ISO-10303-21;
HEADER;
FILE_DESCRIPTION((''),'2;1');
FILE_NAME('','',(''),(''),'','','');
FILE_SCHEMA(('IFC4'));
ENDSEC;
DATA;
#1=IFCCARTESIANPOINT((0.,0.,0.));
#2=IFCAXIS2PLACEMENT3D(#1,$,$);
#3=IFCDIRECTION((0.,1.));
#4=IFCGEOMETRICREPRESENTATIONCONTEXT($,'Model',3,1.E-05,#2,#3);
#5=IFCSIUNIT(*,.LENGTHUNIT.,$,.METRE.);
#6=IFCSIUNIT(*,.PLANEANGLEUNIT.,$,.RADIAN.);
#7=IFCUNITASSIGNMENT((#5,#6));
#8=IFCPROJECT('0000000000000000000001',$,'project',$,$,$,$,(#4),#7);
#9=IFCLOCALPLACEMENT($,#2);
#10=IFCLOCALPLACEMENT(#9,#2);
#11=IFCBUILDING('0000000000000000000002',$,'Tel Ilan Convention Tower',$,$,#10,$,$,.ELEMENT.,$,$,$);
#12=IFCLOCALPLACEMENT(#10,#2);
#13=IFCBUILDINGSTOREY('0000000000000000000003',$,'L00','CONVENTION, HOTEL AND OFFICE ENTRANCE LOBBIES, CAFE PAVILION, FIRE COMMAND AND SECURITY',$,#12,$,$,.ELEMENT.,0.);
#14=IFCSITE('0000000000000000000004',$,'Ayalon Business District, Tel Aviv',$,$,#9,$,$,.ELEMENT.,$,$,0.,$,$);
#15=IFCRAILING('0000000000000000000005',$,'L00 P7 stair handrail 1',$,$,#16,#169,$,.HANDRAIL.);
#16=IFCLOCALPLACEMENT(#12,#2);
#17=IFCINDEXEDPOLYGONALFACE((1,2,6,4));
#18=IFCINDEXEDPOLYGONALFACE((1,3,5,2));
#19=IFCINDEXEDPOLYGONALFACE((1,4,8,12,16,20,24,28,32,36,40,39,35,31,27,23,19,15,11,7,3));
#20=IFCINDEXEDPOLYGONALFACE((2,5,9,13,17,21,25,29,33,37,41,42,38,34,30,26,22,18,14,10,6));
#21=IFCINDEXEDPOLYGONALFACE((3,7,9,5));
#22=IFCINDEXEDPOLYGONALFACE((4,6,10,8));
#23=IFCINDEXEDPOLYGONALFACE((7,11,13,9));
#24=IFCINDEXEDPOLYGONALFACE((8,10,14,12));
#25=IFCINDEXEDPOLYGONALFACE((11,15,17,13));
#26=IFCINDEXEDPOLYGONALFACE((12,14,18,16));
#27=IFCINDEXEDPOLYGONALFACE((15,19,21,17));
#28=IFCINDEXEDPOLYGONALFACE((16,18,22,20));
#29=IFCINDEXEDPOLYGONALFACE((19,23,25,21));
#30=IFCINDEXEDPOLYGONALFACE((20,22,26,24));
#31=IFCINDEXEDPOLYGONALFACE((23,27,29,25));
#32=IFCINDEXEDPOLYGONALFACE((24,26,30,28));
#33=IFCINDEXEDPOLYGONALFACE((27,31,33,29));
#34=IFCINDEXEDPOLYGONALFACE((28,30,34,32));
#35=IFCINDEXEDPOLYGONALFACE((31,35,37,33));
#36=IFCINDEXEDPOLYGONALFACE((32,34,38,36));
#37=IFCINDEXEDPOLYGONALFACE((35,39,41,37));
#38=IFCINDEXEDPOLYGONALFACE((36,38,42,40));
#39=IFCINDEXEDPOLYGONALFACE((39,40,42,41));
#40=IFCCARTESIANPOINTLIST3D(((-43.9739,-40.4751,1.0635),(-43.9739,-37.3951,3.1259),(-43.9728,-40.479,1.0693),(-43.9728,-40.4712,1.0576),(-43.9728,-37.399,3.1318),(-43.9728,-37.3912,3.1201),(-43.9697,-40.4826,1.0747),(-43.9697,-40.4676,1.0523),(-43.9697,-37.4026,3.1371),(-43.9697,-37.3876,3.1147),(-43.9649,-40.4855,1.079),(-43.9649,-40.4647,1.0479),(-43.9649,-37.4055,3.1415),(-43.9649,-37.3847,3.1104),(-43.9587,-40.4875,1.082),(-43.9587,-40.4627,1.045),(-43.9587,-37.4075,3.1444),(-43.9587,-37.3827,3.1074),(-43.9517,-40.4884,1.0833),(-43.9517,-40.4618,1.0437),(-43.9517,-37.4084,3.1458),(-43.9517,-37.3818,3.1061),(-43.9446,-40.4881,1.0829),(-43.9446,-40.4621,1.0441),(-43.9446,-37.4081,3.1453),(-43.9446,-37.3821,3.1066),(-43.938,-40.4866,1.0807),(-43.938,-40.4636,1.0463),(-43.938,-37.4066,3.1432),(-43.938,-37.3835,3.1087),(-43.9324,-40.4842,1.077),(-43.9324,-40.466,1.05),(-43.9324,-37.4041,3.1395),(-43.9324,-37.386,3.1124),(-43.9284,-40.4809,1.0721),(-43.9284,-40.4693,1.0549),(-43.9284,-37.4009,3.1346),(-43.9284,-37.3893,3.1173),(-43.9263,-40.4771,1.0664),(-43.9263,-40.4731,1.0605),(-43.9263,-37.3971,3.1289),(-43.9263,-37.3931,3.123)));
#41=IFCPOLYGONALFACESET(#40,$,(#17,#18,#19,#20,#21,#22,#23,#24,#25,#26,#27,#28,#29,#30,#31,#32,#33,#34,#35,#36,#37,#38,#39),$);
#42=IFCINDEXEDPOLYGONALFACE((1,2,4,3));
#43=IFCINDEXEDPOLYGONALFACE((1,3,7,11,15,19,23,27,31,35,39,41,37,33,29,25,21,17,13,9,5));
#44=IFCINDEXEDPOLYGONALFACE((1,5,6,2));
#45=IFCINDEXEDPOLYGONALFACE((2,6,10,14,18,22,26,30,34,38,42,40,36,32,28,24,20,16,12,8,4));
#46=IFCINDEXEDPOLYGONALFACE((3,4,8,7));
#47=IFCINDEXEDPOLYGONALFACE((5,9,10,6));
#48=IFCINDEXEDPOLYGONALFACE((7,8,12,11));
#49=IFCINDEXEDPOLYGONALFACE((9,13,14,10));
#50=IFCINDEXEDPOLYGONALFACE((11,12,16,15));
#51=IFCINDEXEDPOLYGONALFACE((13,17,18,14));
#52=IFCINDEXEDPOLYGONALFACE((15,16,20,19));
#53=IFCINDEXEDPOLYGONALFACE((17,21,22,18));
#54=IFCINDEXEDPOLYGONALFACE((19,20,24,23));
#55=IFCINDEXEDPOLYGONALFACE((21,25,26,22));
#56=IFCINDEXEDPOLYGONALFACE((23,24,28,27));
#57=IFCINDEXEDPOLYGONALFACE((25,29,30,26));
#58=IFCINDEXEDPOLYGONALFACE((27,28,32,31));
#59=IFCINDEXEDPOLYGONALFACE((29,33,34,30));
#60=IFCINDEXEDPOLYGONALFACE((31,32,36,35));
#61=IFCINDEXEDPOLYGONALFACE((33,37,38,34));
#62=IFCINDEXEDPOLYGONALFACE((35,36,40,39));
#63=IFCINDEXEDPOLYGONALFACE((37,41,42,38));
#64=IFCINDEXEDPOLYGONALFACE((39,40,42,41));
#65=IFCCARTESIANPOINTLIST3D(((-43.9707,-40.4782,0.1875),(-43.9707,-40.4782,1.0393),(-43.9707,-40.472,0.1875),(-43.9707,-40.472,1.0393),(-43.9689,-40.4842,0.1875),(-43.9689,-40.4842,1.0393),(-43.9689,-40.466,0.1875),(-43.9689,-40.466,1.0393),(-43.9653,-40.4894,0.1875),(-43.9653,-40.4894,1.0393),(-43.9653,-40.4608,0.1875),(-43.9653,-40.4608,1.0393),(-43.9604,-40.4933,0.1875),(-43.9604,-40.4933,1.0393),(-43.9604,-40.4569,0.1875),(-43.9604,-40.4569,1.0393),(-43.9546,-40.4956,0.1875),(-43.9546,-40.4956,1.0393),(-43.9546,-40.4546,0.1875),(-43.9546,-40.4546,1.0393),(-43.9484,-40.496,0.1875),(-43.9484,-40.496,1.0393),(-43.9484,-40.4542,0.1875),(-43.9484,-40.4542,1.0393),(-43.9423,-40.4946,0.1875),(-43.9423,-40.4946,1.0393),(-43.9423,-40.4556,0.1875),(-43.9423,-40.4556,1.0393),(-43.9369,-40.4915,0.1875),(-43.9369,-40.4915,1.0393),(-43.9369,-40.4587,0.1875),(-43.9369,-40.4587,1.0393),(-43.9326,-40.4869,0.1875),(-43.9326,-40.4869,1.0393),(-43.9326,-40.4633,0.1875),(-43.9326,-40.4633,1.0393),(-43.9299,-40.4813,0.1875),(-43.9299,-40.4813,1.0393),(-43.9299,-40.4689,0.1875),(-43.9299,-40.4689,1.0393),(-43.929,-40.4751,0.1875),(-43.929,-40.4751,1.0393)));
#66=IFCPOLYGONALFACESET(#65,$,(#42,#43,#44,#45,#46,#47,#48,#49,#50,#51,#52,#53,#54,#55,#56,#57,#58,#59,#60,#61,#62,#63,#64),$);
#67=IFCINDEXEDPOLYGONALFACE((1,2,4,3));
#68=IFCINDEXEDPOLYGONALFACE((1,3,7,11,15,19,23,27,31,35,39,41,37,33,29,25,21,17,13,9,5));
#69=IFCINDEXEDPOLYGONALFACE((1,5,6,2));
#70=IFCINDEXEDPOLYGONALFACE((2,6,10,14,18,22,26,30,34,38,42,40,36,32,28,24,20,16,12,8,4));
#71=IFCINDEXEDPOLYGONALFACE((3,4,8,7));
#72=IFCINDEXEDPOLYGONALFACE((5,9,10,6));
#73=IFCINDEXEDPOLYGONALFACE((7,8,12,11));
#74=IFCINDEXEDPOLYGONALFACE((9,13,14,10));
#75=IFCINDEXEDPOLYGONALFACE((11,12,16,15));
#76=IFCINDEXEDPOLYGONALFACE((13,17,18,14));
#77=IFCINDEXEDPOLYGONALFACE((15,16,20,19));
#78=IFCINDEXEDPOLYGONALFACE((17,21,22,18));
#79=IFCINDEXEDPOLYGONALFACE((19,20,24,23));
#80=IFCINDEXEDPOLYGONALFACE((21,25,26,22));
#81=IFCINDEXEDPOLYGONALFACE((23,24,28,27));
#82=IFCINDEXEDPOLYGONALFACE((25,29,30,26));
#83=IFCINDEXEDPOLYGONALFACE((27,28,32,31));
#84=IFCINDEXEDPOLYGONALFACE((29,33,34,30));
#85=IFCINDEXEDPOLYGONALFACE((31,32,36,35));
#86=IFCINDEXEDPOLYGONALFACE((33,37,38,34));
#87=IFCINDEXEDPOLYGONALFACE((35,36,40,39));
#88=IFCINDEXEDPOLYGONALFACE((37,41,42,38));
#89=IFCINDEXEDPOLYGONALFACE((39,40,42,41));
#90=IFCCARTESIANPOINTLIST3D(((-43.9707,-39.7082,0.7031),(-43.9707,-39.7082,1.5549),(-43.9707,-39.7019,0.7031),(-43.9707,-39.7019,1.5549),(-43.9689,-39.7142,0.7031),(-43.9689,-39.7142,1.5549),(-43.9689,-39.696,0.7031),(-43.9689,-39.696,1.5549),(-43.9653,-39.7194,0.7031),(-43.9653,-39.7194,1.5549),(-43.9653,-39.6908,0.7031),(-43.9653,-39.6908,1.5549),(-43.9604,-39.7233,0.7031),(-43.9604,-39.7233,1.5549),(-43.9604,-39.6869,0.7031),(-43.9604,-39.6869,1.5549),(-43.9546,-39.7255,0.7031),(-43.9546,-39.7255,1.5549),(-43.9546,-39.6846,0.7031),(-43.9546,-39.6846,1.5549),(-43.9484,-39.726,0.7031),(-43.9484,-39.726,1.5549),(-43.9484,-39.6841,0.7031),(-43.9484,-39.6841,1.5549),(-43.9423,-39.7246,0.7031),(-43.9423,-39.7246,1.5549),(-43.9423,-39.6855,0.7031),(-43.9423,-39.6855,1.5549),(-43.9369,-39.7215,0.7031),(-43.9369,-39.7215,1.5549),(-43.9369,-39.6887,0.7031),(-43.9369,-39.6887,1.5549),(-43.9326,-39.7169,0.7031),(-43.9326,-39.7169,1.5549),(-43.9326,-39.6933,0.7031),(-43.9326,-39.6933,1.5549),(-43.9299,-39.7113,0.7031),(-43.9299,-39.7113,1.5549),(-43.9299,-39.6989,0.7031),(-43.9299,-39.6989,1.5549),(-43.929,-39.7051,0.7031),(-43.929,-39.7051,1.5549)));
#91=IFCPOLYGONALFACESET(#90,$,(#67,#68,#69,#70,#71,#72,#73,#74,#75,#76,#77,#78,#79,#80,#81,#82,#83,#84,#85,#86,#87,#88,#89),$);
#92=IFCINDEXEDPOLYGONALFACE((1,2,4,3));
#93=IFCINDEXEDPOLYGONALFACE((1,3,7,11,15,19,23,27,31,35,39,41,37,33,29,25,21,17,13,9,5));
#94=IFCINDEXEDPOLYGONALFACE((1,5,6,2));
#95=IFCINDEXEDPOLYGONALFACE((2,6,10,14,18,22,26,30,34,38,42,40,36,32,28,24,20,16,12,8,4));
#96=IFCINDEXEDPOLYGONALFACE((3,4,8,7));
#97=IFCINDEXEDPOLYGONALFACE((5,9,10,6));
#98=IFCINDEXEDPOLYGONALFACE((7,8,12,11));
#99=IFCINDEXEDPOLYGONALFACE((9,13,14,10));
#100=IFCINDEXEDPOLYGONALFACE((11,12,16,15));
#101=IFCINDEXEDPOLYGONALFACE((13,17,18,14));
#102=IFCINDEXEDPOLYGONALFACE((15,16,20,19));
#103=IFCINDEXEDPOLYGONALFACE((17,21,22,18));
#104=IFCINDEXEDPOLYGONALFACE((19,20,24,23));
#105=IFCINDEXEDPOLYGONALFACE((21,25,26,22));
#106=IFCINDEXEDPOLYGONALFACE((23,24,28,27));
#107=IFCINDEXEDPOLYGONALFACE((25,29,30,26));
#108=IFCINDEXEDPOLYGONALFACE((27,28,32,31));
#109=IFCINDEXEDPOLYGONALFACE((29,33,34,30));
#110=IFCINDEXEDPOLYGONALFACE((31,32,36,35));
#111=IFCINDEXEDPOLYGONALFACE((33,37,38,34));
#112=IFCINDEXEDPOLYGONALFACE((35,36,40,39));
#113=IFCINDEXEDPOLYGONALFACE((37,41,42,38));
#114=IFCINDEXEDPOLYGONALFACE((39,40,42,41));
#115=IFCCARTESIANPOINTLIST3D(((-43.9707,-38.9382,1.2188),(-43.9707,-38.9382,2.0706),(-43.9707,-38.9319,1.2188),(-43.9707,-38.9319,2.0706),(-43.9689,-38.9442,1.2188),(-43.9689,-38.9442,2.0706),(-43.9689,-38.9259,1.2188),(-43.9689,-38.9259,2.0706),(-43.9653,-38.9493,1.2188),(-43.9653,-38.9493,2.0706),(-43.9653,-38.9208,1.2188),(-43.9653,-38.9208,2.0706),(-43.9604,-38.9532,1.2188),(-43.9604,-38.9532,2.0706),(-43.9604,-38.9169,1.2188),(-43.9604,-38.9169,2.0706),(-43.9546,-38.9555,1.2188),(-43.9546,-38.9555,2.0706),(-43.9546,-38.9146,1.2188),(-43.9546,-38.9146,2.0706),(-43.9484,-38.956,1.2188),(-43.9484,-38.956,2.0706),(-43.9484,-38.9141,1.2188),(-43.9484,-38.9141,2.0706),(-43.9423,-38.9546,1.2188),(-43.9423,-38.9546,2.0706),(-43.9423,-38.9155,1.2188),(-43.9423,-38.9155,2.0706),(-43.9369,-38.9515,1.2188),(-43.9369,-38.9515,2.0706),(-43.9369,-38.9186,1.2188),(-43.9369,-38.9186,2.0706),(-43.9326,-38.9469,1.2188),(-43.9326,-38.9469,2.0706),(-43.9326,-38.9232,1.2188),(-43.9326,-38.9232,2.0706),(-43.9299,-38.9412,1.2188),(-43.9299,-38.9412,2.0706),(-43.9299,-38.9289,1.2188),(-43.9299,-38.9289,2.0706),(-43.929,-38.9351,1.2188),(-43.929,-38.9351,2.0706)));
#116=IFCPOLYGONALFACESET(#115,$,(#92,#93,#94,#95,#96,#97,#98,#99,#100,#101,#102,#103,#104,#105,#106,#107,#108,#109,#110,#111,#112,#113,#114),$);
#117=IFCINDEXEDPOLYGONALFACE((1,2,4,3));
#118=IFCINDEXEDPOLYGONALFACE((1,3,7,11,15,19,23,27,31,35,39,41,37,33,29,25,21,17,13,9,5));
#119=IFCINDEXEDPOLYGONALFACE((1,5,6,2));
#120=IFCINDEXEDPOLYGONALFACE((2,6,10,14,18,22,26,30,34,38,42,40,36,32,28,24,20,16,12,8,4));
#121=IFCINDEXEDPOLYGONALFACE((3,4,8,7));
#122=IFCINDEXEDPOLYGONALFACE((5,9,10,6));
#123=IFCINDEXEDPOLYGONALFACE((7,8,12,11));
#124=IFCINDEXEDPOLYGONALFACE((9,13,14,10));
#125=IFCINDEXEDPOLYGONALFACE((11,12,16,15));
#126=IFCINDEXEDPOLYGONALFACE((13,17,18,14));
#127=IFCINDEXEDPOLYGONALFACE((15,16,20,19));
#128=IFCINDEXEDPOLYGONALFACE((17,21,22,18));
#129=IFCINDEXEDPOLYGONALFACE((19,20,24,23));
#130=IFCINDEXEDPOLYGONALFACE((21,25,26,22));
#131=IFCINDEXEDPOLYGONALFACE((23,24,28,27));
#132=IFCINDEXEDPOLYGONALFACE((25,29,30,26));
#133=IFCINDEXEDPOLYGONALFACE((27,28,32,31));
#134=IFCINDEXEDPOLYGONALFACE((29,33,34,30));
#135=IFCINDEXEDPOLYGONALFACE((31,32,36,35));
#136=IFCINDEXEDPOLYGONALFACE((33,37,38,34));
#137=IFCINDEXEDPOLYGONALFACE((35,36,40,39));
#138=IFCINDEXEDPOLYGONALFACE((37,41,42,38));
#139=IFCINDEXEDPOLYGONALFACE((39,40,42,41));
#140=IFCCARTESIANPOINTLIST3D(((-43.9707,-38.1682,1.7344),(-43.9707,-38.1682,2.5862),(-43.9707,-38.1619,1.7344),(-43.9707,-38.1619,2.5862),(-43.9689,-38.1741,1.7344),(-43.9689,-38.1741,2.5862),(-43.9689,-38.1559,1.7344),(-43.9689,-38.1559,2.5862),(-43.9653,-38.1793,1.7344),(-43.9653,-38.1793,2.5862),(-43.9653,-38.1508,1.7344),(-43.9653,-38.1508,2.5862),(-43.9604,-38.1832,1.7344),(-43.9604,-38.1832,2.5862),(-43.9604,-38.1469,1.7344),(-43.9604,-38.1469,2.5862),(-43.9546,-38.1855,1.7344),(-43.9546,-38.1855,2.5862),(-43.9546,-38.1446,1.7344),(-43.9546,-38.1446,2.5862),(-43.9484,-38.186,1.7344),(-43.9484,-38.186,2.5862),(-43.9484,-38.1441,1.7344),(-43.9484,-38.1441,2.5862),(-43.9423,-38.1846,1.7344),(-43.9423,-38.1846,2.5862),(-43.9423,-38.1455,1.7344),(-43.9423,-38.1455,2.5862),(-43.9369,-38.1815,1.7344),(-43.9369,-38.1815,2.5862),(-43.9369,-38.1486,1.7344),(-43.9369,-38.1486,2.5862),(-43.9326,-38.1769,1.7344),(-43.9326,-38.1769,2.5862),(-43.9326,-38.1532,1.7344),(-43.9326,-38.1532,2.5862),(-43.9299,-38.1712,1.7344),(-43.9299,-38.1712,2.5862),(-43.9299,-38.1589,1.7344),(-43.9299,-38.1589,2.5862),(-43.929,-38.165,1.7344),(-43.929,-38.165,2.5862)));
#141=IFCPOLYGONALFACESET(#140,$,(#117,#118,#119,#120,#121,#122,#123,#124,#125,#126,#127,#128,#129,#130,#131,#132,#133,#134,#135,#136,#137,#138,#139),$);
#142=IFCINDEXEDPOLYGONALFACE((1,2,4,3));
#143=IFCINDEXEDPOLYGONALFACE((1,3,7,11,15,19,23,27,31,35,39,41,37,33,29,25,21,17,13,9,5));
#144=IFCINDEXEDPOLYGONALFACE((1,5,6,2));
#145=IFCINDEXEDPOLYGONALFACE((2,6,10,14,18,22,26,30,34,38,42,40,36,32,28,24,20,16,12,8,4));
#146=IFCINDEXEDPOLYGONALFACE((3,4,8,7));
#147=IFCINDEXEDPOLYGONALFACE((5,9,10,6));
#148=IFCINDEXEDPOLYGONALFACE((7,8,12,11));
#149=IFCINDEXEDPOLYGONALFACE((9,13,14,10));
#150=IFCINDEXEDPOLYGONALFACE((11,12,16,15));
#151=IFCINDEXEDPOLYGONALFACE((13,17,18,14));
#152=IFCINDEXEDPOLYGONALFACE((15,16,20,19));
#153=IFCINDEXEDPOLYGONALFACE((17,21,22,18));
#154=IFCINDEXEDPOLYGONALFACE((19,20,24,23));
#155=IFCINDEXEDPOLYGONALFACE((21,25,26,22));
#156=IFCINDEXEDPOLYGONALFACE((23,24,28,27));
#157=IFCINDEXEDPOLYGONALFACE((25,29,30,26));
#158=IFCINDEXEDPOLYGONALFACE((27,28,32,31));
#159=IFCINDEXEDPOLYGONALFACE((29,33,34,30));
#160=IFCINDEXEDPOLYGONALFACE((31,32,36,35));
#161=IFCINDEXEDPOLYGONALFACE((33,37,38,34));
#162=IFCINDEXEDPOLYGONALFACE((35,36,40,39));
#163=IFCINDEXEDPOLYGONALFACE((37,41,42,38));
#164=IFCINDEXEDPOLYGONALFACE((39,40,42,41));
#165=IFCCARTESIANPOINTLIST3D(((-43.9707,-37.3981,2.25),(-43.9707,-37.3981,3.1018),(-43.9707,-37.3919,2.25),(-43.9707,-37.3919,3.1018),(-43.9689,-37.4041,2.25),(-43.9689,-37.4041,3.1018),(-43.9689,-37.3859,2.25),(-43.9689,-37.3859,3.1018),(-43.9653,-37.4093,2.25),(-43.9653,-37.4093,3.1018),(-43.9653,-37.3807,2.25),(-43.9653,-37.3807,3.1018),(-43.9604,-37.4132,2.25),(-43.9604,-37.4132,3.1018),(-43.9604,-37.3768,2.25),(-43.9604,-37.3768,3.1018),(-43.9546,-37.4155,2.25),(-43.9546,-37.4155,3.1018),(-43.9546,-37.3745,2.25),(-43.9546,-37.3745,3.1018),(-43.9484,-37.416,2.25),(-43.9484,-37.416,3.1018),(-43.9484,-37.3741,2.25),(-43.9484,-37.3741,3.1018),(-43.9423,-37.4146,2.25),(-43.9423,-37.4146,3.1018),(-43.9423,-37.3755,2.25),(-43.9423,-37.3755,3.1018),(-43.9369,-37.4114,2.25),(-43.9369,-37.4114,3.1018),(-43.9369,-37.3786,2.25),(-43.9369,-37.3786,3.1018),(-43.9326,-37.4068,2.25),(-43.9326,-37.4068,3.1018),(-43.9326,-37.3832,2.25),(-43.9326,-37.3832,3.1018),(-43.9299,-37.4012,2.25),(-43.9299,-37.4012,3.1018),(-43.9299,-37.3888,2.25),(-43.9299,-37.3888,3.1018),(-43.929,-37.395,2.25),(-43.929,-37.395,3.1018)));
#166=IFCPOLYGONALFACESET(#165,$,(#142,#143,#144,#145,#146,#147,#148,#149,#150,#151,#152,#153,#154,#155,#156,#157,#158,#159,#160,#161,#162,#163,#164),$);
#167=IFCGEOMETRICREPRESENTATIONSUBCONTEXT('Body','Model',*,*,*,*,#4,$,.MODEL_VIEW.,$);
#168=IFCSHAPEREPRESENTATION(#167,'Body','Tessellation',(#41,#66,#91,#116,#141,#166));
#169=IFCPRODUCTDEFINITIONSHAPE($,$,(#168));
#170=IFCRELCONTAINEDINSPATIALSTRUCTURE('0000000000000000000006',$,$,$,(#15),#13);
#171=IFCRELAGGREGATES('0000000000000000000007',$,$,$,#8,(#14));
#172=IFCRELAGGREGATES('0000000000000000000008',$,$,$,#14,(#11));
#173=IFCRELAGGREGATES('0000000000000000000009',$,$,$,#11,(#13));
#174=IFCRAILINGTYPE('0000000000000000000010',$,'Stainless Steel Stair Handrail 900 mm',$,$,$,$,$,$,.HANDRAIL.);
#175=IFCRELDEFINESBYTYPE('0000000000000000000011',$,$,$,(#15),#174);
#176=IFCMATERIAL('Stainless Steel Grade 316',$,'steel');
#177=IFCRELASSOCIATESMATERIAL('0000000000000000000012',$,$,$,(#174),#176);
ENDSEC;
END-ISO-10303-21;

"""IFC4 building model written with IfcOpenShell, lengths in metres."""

from ifc_helpers import new_model, si_unit, direction, frame, origin, origin_2d, place, context, subcontext, project, spatial, circle, extrude, material, type_object, element, save


model = new_model("IFC4")

# Units and contexts
model_context = context("Model", 3, precision=1e-05, world=origin(), true_north=direction((0.0, 1.0)))
body_context = subcontext(model_context, "Body", "Model", "MODEL_VIEW")
ifc_project = project(units=[si_unit("LENGTHUNIT", "METRE"), si_unit("PLANEANGLEUNIT", "RADIAN")], contexts=[model_context])

# Site, building, storey
site_placement = place(None, origin())
site = spatial("IfcSite", under=ifc_project, at=site_placement, Name="Ayalon Business District, Tel Aviv", CompositionType="ELEMENT", RefElevation=0.0)
building_placement = place(site_placement, origin())
building = spatial("IfcBuilding", under=site, at=building_placement, Name="Tel Ilan Convention Tower", CompositionType="ELEMENT")
storey_placement = place(building_placement, origin())
storey = spatial("IfcBuildingStorey", under=building, at=storey_placement, Name="L00", Description="CONVENTION, HOTEL AND OFFICE ENTRANCE LOBBIES, CAFE PAVILION, FIRE COMMAND AND SECURITY", CompositionType="ELEMENT", Elevation=0.0)

# Railing
ifc_material_1 = material(Name="Stainless Steel Grade 316", Category="steel")
railing_type = type_object("IfcRailingType", Name="Stainless Steel Stair Handrail 900 mm", PredefinedType="HANDRAIL", material=ifc_material_1)
for number, where, name in (
    (1, (-43.95, -40.4751, 0.1875), "L00 P7 stair handrail 1"),
):
    element("IfcRailing", number, at=place(storey_placement, frame(where)), inside=storey, type_object=railing_type, Name=name, PredefinedType="HANDRAIL", context=body_context, shape_type="SweptSolid", body=[
        extrude(circle(Radius=0.0239, at=origin_2d()), frame((0.0, 0.0, 0.876), z_axis=(0.0, 0.830914, 0.556401), x_axis=(-1.0, 0.0, 0.0)), (0.0, 0.0, 1.0), 3.7068),
        extrude(circle(Radius=0.021, at=origin_2d()), origin(), (0.0, 0.0, 1.0), 0.8518),
        extrude(circle(Radius=0.021, at=origin_2d()), frame((0.0, 0.77, 0.5156)), (0.0, 0.0, 1.0), 0.8518),
        extrude(circle(Radius=0.021, at=origin_2d()), frame((0.0, 1.54, 1.0312)), (0.0, 0.0, 1.0), 0.8518),
        extrude(circle(Radius=0.021, at=origin_2d()), frame((0.0, 2.3101, 1.5469)), (0.0, 0.0, 1.0), 0.8518),
        extrude(circle(Radius=0.021, at=origin_2d()), frame((0.0, 3.0801, 2.0625)), (0.0, 0.0, 1.0), 0.8518),
    ])

save(model, "model.ifc")
